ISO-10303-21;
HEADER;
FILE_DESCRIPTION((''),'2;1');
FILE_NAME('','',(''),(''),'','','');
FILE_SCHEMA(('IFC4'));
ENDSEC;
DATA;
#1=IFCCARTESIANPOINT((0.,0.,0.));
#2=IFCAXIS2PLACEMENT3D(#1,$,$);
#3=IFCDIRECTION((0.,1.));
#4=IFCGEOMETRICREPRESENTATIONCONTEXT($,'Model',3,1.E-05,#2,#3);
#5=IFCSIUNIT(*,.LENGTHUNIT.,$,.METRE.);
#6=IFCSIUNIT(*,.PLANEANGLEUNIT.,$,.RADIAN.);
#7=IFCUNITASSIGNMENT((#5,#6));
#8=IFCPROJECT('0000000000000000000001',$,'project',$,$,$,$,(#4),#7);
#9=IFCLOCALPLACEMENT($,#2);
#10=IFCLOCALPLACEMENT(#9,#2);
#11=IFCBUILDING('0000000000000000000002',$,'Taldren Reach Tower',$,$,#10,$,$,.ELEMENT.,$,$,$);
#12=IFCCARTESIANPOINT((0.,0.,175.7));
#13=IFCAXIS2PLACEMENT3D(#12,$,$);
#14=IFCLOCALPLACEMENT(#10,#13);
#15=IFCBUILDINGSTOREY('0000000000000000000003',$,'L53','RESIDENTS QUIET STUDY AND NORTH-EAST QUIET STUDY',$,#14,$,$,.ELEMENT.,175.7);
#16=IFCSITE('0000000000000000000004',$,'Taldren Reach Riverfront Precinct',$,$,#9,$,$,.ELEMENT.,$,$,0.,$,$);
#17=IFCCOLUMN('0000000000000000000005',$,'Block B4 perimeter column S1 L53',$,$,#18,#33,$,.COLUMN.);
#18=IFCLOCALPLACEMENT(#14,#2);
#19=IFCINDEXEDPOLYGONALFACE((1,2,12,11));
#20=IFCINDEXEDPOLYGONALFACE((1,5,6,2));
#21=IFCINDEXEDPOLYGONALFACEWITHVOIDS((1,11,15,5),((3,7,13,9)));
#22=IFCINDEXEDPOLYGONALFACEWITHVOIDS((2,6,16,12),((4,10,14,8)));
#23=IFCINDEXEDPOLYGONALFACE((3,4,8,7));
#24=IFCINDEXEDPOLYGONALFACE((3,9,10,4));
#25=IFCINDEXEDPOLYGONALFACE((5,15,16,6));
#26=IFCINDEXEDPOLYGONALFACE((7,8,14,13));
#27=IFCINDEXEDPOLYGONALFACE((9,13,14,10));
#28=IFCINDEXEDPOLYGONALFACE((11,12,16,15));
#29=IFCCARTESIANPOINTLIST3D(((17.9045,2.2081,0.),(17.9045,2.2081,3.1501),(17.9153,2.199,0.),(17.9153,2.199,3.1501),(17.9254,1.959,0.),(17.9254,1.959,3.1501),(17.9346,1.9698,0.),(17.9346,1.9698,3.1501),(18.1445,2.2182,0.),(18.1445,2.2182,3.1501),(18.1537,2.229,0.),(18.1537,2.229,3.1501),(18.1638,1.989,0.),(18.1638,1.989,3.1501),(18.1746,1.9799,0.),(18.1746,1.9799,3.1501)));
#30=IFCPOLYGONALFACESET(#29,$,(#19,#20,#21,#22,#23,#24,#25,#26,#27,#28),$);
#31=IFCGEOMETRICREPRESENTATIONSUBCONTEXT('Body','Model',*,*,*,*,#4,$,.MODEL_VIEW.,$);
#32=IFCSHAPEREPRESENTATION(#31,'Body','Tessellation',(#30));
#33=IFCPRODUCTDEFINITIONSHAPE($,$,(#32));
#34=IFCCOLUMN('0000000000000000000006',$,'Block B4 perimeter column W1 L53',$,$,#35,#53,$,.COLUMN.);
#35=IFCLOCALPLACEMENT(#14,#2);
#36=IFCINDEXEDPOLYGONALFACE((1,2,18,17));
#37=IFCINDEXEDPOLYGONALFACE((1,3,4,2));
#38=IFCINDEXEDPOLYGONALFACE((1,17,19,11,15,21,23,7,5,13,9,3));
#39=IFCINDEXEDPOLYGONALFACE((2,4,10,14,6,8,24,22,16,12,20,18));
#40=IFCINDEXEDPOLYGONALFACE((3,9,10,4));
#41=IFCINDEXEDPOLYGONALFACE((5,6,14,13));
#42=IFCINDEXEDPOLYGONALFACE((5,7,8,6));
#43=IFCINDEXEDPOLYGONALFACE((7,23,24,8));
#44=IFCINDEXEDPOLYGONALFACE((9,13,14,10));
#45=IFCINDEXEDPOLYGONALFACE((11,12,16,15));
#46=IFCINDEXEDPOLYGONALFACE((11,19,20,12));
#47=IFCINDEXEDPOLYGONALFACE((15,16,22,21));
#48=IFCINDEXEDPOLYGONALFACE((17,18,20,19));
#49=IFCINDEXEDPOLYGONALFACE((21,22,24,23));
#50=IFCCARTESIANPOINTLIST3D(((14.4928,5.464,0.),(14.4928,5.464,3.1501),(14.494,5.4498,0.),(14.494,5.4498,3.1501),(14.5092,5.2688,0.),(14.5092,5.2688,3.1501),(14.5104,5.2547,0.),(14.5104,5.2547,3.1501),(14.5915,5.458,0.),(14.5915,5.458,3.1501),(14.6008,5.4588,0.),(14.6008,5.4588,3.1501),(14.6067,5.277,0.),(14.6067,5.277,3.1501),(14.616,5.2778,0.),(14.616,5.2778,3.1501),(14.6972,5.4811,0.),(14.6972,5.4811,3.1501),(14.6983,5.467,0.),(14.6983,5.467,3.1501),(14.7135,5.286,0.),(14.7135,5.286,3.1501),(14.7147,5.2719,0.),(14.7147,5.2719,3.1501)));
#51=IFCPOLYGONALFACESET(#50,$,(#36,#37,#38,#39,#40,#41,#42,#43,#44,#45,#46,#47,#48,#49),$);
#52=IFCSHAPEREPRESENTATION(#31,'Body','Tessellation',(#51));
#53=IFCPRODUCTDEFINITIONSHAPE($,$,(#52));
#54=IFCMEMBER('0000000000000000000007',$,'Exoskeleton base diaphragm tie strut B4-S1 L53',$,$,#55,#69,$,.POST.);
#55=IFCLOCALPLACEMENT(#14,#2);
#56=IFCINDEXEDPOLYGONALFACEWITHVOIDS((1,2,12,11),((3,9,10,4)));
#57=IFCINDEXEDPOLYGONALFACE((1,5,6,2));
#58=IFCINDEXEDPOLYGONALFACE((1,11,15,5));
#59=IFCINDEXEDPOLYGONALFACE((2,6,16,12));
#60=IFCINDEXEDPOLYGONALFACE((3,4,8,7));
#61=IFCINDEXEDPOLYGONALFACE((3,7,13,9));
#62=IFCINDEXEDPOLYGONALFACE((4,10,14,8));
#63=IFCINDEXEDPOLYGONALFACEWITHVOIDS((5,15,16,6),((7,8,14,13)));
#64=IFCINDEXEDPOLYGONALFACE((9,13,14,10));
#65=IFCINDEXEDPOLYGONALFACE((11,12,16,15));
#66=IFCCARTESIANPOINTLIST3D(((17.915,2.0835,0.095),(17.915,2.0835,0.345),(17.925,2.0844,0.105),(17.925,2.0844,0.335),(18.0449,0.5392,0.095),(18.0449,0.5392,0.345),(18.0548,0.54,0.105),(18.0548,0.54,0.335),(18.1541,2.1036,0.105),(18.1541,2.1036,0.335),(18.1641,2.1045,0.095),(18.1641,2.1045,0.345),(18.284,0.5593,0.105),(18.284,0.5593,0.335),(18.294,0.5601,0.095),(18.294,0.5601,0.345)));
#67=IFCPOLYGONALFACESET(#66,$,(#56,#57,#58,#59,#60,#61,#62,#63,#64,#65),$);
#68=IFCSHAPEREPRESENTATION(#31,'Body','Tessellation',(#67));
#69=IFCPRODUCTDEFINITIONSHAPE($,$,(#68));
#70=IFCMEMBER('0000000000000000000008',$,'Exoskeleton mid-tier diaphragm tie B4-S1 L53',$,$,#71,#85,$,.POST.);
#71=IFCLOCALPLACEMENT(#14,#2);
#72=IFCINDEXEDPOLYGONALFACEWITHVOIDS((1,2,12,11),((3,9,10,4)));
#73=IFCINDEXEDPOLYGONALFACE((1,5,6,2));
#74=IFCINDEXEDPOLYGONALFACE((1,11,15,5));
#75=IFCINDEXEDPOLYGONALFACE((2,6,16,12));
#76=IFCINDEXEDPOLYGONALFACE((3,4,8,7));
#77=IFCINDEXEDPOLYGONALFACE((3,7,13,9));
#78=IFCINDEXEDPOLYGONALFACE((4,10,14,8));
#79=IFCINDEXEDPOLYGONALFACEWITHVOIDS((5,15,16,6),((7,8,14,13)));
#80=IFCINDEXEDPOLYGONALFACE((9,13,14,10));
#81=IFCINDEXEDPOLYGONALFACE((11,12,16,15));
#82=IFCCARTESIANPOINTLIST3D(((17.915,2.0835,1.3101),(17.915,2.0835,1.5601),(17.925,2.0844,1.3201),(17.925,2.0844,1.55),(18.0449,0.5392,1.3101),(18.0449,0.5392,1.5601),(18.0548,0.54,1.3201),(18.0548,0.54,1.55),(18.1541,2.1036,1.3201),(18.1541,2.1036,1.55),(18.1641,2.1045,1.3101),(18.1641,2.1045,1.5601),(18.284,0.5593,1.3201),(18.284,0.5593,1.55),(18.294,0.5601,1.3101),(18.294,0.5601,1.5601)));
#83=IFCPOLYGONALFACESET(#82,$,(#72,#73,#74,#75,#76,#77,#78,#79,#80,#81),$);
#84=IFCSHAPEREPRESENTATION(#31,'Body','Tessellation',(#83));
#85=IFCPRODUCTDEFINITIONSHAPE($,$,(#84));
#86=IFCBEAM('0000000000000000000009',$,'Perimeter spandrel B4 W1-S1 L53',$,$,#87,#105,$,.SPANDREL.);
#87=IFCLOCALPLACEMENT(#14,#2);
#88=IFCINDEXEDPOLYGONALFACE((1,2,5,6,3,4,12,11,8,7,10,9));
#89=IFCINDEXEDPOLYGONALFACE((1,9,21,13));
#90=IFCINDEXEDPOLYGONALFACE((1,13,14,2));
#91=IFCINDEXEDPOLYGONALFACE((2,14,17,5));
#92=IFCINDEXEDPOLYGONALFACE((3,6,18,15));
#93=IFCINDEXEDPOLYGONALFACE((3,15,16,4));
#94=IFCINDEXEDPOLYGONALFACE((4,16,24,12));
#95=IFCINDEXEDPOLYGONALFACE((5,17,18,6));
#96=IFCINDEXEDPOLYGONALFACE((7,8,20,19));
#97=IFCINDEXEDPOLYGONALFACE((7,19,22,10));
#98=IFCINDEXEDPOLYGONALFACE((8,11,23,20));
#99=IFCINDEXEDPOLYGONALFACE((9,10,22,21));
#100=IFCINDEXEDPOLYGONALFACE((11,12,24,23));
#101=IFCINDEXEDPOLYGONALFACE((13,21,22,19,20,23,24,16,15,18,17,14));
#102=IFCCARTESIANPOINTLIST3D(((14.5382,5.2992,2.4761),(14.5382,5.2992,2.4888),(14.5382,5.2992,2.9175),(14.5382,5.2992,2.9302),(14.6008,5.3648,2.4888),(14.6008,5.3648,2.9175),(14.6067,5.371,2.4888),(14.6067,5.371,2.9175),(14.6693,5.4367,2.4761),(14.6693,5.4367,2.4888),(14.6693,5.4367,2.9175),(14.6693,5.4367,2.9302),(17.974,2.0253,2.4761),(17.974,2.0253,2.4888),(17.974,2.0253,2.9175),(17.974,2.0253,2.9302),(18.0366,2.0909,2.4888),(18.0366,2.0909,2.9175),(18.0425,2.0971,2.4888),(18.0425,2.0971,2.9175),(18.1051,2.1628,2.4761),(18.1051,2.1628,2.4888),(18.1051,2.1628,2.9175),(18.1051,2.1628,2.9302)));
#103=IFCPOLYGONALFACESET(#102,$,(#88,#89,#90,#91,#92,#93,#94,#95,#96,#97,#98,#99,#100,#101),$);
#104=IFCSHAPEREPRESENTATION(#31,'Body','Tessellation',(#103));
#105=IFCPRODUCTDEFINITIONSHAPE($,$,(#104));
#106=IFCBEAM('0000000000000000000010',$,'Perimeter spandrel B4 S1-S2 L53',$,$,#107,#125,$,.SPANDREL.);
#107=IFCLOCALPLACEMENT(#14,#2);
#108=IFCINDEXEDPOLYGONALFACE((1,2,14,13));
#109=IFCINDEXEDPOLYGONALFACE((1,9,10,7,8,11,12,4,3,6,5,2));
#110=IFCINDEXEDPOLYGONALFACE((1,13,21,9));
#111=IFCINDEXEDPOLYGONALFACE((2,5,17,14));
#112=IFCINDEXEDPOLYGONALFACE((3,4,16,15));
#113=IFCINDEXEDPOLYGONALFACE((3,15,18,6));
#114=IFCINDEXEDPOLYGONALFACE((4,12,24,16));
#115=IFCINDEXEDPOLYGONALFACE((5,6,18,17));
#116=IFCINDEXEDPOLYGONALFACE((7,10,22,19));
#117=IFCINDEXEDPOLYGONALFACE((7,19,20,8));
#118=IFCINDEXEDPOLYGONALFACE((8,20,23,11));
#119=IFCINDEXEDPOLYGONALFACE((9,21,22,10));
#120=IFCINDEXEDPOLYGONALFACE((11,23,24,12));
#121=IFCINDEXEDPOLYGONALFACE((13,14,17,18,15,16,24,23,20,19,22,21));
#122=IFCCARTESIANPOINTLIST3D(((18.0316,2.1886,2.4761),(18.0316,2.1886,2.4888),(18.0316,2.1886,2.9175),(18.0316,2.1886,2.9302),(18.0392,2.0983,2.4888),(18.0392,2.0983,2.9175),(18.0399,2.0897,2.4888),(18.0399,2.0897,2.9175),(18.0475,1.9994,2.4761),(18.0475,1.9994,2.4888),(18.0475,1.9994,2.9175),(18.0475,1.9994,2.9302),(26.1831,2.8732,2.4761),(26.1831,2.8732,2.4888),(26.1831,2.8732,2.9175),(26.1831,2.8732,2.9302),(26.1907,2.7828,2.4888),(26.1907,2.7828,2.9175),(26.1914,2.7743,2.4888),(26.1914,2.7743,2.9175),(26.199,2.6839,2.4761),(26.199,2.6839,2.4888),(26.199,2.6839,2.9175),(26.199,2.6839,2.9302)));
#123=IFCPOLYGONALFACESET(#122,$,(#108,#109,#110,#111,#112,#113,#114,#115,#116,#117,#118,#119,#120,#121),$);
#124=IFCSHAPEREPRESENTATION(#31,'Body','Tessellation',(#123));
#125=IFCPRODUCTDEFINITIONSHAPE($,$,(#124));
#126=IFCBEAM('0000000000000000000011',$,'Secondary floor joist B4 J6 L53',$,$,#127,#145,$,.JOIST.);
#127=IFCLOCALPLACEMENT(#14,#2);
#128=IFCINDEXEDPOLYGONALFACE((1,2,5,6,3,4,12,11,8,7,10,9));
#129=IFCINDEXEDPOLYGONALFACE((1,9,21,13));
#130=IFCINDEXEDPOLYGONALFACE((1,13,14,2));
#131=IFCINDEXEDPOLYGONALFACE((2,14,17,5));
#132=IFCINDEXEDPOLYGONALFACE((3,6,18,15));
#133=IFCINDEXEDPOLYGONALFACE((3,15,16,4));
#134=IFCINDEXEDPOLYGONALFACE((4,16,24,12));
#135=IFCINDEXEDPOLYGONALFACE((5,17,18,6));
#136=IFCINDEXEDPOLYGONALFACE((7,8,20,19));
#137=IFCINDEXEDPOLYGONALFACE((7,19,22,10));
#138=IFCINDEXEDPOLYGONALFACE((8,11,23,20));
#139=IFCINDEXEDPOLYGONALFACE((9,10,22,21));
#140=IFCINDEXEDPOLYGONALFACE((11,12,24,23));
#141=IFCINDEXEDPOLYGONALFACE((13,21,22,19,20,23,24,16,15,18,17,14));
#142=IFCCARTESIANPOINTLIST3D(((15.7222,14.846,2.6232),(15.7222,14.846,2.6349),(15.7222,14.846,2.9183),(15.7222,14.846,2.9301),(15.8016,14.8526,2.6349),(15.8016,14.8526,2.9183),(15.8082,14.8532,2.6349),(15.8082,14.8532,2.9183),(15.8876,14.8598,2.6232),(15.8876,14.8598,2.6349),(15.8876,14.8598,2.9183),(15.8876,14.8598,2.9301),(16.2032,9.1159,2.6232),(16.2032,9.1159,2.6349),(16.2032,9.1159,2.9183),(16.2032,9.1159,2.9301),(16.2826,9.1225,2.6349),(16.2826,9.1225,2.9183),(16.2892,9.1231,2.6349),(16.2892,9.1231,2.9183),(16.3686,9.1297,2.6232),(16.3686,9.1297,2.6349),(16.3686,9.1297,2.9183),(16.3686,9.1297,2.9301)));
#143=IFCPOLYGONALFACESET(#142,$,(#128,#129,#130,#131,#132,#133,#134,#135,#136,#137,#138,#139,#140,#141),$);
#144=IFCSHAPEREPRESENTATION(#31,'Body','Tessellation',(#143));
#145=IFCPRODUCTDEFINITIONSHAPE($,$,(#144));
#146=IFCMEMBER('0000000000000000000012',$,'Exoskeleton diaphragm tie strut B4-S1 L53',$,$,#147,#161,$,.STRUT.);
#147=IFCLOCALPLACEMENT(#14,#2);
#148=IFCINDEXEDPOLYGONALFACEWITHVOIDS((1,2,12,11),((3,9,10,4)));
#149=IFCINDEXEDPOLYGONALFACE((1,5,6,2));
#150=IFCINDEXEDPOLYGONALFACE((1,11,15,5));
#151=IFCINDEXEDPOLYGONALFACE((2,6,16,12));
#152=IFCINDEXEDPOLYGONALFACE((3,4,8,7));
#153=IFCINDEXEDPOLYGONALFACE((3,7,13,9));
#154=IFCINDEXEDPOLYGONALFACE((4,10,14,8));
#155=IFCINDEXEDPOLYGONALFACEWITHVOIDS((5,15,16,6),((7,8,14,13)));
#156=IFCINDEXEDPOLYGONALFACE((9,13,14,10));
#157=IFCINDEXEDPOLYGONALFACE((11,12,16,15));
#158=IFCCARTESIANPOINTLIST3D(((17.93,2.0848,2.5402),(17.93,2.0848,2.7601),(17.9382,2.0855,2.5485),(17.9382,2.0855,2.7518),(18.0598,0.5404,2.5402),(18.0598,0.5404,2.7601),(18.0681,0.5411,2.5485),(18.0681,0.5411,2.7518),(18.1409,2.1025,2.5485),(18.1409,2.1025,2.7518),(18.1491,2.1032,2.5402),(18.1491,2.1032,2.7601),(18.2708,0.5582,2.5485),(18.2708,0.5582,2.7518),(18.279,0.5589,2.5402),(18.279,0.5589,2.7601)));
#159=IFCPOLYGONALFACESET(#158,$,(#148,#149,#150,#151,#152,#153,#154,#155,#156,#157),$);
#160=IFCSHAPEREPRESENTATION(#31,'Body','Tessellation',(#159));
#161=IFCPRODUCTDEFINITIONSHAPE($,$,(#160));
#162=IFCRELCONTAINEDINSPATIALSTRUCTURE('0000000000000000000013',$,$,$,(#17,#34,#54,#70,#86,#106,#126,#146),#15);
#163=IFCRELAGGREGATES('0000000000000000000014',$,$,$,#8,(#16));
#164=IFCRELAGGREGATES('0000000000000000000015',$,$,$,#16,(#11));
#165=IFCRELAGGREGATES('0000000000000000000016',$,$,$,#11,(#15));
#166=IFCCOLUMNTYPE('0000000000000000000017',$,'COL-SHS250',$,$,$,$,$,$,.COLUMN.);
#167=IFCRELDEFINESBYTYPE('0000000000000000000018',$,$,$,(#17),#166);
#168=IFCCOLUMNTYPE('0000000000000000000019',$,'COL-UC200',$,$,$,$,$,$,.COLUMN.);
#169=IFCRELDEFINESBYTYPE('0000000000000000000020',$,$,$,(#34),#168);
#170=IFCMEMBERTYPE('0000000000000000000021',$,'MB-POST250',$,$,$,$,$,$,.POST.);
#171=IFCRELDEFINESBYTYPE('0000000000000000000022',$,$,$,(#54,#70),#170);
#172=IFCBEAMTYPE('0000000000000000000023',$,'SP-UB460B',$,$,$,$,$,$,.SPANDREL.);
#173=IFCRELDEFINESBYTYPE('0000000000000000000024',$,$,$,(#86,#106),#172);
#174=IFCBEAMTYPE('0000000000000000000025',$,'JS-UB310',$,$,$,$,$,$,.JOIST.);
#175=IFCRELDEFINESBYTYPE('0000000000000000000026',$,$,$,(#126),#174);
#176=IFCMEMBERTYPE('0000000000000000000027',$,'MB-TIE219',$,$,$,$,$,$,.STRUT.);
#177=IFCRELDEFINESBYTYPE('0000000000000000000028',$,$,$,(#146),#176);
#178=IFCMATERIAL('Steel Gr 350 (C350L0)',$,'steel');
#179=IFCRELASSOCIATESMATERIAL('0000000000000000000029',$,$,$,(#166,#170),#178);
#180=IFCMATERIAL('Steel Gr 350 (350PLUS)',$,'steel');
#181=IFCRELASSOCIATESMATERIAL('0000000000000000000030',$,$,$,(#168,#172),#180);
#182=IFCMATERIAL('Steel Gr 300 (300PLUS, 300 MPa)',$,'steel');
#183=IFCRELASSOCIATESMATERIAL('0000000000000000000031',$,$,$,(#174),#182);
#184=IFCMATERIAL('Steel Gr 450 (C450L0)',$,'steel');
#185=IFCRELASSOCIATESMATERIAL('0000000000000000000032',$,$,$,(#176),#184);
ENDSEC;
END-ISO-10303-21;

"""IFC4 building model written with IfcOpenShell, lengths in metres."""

from ifc_helpers import new_model, si_unit, direction, frame, origin, origin_2d, place, context, subcontext, project, spatial, hollow_rectangle, i_section, extrude, source, transform, mapped, material, material_profile, profile_set, type_object, element, save


model = new_model("IFC4")

# Units and contexts
model_context = context("Model", 3, precision=1e-05, world=origin(), true_north=direction((0.0, 1.0)))
body_context = subcontext(model_context, "Body", "Model", "MODEL_VIEW")
ifc_project = project(units=[si_unit("LENGTHUNIT", "METRE"), si_unit("PLANEANGLEUNIT", "RADIAN")], contexts=[model_context])

# Site, building, storey
site_placement = place(None, origin())
site = spatial("IfcSite", under=ifc_project, at=site_placement, Name="Taldren Reach Riverfront Precinct", CompositionType="ELEMENT", RefElevation=0.0)
building_placement = place(site_placement, origin())
building = spatial("IfcBuilding", under=site, at=building_placement, Name="Taldren Reach Tower", CompositionType="ELEMENT")
storey_placement = place(building_placement, frame((0.0, 0.0, 175.7)))
storey = spatial("IfcBuildingStorey", under=building, at=storey_placement, Name="L53", Description="RESIDENTS QUIET STUDY AND NORTH-EAST QUIET STUDY", CompositionType="ELEMENT", Elevation=175.7)

# Columns
ifc_material_1 = material(Name="Steel Gr 350 (C350L0)", Category="steel")
ifc_material_profile_1 = material_profile(ifc_material_1, hollow_rectangle(XDim=0.25, YDim=0.25, WallThickness=0.01, at=origin_2d()), Name="250x250x10.0SHS")
ifc_profile_set_1 = profile_set([ifc_material_profile_1], Name="Steel Gr 350 (C350L0)")
column_type_1 = type_object("IfcColumnType", Name="COL-SHS250", PredefinedType="COLUMN", material=ifc_profile_set_1)
shared_shape_1 = source(origin(), body_context, "Body", "SweptSolid", [
    extrude(hollow_rectangle(XDim=0.25, YDim=0.25, WallThickness=0.01, at=origin_2d()), origin(), (0.0, 0.0, 1.0), 3.1501),
])
column_1_placement = place(storey_placement, frame((18.0396, 2.094, 0.0), z_axis=(0.0, 0.0, 1.0), x_axis=(0.996493, 0.083678, 0.0)))
element("IfcColumn", 1, at=column_1_placement, inside=storey, type_object=column_type_1, Name="Block B4 perimeter column S1 L53", PredefinedType="COLUMN", context=body_context, shape_type="MappedRepresentation", body=[
    mapped(shared_shape_1, transform((0.0, 0.0, 0.0), scale=1.0)),
])
ifc_material_2 = material(Name="Steel Gr 350 (350PLUS)", Category="steel")
ifc_material_profile_2 = material_profile(ifc_material_2, i_section(OverallWidth=0.2051, OverallDepth=0.21, WebThickness=0.0093, FlangeThickness=0.0142, at=origin_2d()), Name="200UC59.5")
ifc_profile_set_2 = profile_set([ifc_material_profile_2], Name="Steel Gr 350 (350PLUS)")
column_type_2 = type_object("IfcColumnType", Name="COL-UC200", PredefinedType="COLUMN", material=ifc_profile_set_2)
shared_shape_2 = source(origin(), body_context, "Body", "SweptSolid", [
    extrude(i_section(OverallWidth=0.2051, OverallDepth=0.21, WebThickness=0.0093, FlangeThickness=0.0142, at=origin_2d()), origin(), (0.0, 0.0, 1.0), 3.1501),
])
column_2_placement = place(storey_placement, frame((14.6038, 5.3679, 0.0), z_axis=(0.0, 0.0, 1.0), x_axis=(0.996493, 0.083678, 0.0)))
element("IfcColumn", 2, at=column_2_placement, inside=storey, type_object=column_type_2, Name="Block B4 perimeter column W1 L53", PredefinedType="COLUMN", context=body_context, shape_type="MappedRepresentation", body=[
    mapped(shared_shape_2, transform((0.0, 0.0, 0.0), scale=1.0)),
])

# Members
ifc_material_profile_3 = material_profile(ifc_material_1, hollow_rectangle(XDim=0.25, YDim=0.25, WallThickness=0.01, at=origin_2d()), Name="250x250x10.0SHS")
ifc_profile_set_3 = profile_set([ifc_material_profile_3], Name="Steel Gr 350 (C350L0)")
member_type_1 = type_object("IfcMemberType", Name="MB-POST250", PredefinedType="POST", material=ifc_profile_set_3)
shared_shape_3 = source(origin(), body_context, "Body", "SweptSolid", [
    extrude(hollow_rectangle(XDim=0.25, YDim=0.25, WallThickness=0.01, at=origin_2d()), origin(), (0.0, 0.0, 1.0), 1.5498),
])
for number, where, z_axis, x_axis, name in (
    (3, (18.0396, 2.094, 0.22), (0.083802, -0.996482, 0.0), (0.996482, 0.083802, 0.0), "Exoskeleton base diaphragm tie strut B4-S1 L53"),
    (4, (18.0396, 2.094, 1.4351), (0.083802, -0.996482, 0.0), (0.996482, 0.083802, 0.0), "Exoskeleton mid-tier diaphragm tie B4-S1 L53"),
):
    element("IfcMember", number, at=place(storey_placement, frame(where, z_axis=z_axis, x_axis=x_axis)), inside=storey, type_object=member_type_1, Name=name, PredefinedType="POST", context=body_context, shape_type="MappedRepresentation", body=[
        mapped(shared_shape_3, transform((0.0, 0.0, 0.0), scale=1.0)),
    ])

# Beams
ifc_material_profile_4 = material_profile(ifc_material_2, i_section(OverallWidth=0.1899, OverallDepth=0.4541, WebThickness=0.0085, FlangeThickness=0.0127, at=origin_2d()), Name="460UB67.1")
ifc_profile_set_4 = profile_set([ifc_material_profile_4], Name="Steel Gr 350 (350PLUS)")
beam_type_1 = type_object("IfcBeamType", Name="SP-UB460B", PredefinedType="SPANDREL", material=ifc_profile_set_4)
shared_shape_4 = source(origin(), body_context, "Body", "SweptSolid", [
    extrude(i_section(OverallWidth=0.1899, OverallDepth=0.4541, WebThickness=0.0085, FlangeThickness=0.0127, at=origin_2d()), origin(), (0.0, 0.0, 1.0), 4.7458),
])
beam_1_placement = place(storey_placement, frame((14.6038, 5.3679, 2.7031), z_axis=(0.723954, -0.689848, 0.0), x_axis=(0.689848, 0.723954, 0.0)))
element("IfcBeam", 5, at=beam_1_placement, inside=storey, type_object=beam_type_1, Name="Perimeter spandrel B4 W1-S1 L53", PredefinedType="SPANDREL", context=body_context, shape_type="MappedRepresentation", body=[
    mapped(shared_shape_4, transform((0.0, 0.0, 0.0), scale=1.0)),
])
shared_shape_5 = source(origin(), body_context, "Body", "SweptSolid", [
    extrude(i_section(OverallWidth=0.1899, OverallDepth=0.4541, WebThickness=0.0085, FlangeThickness=0.0127, at=origin_2d()), origin(), (0.0, 0.0, 1.0), 8.1802),
])
beam_2_placement = place(storey_placement, frame((18.0396, 2.094, 2.7031), z_axis=(0.996492, 0.083688, 0.0), x_axis=(-0.083688, 0.996492, 0.0)))
element("IfcBeam", 6, at=beam_2_placement, inside=storey, type_object=beam_type_1, Name="Perimeter spandrel B4 S1-S2 L53", PredefinedType="SPANDREL", context=body_context, shape_type="MappedRepresentation", body=[
    mapped(shared_shape_5, transform((0.0, 0.0, 0.0), scale=1.0)),
])
ifc_material_3 = material(Name="Steel Gr 300 (300PLUS, 300 MPa)", Category="steel")
ifc_material_profile_5 = material_profile(ifc_material_3, i_section(OverallWidth=0.166, OverallDepth=0.3069, WebThickness=0.0066, FlangeThickness=0.0117, at=origin_2d()), Name="310UB46.2")
ifc_profile_set_5 = profile_set([ifc_material_profile_5], Name="Steel Gr 300 (300PLUS, 300 MPa)")
beam_type_2 = type_object("IfcBeamType", Name="JS-UB310", PredefinedType="JOIST", material=ifc_profile_set_5)
shared_shape_6 = source(origin(), body_context, "Body", "SweptSolid", [
    extrude(i_section(OverallWidth=0.166, OverallDepth=0.3069, WebThickness=0.0066, FlangeThickness=0.0117, at=origin_2d()), origin(), (0.0, 0.0, 1.0), 5.7502),
])
beam_3_placement = place(storey_placement, frame((16.2859, 9.1228, 2.7766), z_axis=(-0.083643, 0.996496, 0.0), x_axis=(-0.996496, -0.083643, 0.0)))
element("IfcBeam", 7, at=beam_3_placement, inside=storey, type_object=beam_type_2, Name="Secondary floor joist B4 J6 L53", PredefinedType="JOIST", context=body_context, shape_type="MappedRepresentation", body=[
    mapped(shared_shape_6, transform((0.0, 0.0, 0.0), scale=1.0)),
])

# Member
ifc_material_4 = material(Name="Steel Gr 450 (C450L0)", Category="steel")
ifc_material_profile_6 = material_profile(ifc_material_4, hollow_rectangle(XDim=0.22, YDim=0.22, WallThickness=0.0083, at=origin_2d()), Name="220x220x8.2SHS")
ifc_profile_set_6 = profile_set([ifc_material_profile_6], Name="Steel Gr 450 (C450L0)")
member_type_2 = type_object("IfcMemberType", Name="MB-TIE219", PredefinedType="STRUT", material=ifc_profile_set_6)
shared_shape_7 = source(origin(), body_context, "Body", "SweptSolid", [
    extrude(hollow_rectangle(XDim=0.22, YDim=0.22, WallThickness=0.0083, at=origin_2d()), origin(), (0.0, 0.0, 1.0), 1.5498),
])
member_1_placement = place(storey_placement, frame((18.0396, 2.094, 2.6501), z_axis=(0.083802, -0.996482, 0.0), x_axis=(0.996482, 0.083802, 0.0)))
element("IfcMember", 8, at=member_1_placement, inside=storey, type_object=member_type_2, Name="Exoskeleton diaphragm tie strut B4-S1 L53", PredefinedType="STRUT", context=body_context, shape_type="MappedRepresentation", body=[
    mapped(shared_shape_7, transform((0.0, 0.0, 0.0), scale=1.0)),
])

save(model, "model.ifc")
